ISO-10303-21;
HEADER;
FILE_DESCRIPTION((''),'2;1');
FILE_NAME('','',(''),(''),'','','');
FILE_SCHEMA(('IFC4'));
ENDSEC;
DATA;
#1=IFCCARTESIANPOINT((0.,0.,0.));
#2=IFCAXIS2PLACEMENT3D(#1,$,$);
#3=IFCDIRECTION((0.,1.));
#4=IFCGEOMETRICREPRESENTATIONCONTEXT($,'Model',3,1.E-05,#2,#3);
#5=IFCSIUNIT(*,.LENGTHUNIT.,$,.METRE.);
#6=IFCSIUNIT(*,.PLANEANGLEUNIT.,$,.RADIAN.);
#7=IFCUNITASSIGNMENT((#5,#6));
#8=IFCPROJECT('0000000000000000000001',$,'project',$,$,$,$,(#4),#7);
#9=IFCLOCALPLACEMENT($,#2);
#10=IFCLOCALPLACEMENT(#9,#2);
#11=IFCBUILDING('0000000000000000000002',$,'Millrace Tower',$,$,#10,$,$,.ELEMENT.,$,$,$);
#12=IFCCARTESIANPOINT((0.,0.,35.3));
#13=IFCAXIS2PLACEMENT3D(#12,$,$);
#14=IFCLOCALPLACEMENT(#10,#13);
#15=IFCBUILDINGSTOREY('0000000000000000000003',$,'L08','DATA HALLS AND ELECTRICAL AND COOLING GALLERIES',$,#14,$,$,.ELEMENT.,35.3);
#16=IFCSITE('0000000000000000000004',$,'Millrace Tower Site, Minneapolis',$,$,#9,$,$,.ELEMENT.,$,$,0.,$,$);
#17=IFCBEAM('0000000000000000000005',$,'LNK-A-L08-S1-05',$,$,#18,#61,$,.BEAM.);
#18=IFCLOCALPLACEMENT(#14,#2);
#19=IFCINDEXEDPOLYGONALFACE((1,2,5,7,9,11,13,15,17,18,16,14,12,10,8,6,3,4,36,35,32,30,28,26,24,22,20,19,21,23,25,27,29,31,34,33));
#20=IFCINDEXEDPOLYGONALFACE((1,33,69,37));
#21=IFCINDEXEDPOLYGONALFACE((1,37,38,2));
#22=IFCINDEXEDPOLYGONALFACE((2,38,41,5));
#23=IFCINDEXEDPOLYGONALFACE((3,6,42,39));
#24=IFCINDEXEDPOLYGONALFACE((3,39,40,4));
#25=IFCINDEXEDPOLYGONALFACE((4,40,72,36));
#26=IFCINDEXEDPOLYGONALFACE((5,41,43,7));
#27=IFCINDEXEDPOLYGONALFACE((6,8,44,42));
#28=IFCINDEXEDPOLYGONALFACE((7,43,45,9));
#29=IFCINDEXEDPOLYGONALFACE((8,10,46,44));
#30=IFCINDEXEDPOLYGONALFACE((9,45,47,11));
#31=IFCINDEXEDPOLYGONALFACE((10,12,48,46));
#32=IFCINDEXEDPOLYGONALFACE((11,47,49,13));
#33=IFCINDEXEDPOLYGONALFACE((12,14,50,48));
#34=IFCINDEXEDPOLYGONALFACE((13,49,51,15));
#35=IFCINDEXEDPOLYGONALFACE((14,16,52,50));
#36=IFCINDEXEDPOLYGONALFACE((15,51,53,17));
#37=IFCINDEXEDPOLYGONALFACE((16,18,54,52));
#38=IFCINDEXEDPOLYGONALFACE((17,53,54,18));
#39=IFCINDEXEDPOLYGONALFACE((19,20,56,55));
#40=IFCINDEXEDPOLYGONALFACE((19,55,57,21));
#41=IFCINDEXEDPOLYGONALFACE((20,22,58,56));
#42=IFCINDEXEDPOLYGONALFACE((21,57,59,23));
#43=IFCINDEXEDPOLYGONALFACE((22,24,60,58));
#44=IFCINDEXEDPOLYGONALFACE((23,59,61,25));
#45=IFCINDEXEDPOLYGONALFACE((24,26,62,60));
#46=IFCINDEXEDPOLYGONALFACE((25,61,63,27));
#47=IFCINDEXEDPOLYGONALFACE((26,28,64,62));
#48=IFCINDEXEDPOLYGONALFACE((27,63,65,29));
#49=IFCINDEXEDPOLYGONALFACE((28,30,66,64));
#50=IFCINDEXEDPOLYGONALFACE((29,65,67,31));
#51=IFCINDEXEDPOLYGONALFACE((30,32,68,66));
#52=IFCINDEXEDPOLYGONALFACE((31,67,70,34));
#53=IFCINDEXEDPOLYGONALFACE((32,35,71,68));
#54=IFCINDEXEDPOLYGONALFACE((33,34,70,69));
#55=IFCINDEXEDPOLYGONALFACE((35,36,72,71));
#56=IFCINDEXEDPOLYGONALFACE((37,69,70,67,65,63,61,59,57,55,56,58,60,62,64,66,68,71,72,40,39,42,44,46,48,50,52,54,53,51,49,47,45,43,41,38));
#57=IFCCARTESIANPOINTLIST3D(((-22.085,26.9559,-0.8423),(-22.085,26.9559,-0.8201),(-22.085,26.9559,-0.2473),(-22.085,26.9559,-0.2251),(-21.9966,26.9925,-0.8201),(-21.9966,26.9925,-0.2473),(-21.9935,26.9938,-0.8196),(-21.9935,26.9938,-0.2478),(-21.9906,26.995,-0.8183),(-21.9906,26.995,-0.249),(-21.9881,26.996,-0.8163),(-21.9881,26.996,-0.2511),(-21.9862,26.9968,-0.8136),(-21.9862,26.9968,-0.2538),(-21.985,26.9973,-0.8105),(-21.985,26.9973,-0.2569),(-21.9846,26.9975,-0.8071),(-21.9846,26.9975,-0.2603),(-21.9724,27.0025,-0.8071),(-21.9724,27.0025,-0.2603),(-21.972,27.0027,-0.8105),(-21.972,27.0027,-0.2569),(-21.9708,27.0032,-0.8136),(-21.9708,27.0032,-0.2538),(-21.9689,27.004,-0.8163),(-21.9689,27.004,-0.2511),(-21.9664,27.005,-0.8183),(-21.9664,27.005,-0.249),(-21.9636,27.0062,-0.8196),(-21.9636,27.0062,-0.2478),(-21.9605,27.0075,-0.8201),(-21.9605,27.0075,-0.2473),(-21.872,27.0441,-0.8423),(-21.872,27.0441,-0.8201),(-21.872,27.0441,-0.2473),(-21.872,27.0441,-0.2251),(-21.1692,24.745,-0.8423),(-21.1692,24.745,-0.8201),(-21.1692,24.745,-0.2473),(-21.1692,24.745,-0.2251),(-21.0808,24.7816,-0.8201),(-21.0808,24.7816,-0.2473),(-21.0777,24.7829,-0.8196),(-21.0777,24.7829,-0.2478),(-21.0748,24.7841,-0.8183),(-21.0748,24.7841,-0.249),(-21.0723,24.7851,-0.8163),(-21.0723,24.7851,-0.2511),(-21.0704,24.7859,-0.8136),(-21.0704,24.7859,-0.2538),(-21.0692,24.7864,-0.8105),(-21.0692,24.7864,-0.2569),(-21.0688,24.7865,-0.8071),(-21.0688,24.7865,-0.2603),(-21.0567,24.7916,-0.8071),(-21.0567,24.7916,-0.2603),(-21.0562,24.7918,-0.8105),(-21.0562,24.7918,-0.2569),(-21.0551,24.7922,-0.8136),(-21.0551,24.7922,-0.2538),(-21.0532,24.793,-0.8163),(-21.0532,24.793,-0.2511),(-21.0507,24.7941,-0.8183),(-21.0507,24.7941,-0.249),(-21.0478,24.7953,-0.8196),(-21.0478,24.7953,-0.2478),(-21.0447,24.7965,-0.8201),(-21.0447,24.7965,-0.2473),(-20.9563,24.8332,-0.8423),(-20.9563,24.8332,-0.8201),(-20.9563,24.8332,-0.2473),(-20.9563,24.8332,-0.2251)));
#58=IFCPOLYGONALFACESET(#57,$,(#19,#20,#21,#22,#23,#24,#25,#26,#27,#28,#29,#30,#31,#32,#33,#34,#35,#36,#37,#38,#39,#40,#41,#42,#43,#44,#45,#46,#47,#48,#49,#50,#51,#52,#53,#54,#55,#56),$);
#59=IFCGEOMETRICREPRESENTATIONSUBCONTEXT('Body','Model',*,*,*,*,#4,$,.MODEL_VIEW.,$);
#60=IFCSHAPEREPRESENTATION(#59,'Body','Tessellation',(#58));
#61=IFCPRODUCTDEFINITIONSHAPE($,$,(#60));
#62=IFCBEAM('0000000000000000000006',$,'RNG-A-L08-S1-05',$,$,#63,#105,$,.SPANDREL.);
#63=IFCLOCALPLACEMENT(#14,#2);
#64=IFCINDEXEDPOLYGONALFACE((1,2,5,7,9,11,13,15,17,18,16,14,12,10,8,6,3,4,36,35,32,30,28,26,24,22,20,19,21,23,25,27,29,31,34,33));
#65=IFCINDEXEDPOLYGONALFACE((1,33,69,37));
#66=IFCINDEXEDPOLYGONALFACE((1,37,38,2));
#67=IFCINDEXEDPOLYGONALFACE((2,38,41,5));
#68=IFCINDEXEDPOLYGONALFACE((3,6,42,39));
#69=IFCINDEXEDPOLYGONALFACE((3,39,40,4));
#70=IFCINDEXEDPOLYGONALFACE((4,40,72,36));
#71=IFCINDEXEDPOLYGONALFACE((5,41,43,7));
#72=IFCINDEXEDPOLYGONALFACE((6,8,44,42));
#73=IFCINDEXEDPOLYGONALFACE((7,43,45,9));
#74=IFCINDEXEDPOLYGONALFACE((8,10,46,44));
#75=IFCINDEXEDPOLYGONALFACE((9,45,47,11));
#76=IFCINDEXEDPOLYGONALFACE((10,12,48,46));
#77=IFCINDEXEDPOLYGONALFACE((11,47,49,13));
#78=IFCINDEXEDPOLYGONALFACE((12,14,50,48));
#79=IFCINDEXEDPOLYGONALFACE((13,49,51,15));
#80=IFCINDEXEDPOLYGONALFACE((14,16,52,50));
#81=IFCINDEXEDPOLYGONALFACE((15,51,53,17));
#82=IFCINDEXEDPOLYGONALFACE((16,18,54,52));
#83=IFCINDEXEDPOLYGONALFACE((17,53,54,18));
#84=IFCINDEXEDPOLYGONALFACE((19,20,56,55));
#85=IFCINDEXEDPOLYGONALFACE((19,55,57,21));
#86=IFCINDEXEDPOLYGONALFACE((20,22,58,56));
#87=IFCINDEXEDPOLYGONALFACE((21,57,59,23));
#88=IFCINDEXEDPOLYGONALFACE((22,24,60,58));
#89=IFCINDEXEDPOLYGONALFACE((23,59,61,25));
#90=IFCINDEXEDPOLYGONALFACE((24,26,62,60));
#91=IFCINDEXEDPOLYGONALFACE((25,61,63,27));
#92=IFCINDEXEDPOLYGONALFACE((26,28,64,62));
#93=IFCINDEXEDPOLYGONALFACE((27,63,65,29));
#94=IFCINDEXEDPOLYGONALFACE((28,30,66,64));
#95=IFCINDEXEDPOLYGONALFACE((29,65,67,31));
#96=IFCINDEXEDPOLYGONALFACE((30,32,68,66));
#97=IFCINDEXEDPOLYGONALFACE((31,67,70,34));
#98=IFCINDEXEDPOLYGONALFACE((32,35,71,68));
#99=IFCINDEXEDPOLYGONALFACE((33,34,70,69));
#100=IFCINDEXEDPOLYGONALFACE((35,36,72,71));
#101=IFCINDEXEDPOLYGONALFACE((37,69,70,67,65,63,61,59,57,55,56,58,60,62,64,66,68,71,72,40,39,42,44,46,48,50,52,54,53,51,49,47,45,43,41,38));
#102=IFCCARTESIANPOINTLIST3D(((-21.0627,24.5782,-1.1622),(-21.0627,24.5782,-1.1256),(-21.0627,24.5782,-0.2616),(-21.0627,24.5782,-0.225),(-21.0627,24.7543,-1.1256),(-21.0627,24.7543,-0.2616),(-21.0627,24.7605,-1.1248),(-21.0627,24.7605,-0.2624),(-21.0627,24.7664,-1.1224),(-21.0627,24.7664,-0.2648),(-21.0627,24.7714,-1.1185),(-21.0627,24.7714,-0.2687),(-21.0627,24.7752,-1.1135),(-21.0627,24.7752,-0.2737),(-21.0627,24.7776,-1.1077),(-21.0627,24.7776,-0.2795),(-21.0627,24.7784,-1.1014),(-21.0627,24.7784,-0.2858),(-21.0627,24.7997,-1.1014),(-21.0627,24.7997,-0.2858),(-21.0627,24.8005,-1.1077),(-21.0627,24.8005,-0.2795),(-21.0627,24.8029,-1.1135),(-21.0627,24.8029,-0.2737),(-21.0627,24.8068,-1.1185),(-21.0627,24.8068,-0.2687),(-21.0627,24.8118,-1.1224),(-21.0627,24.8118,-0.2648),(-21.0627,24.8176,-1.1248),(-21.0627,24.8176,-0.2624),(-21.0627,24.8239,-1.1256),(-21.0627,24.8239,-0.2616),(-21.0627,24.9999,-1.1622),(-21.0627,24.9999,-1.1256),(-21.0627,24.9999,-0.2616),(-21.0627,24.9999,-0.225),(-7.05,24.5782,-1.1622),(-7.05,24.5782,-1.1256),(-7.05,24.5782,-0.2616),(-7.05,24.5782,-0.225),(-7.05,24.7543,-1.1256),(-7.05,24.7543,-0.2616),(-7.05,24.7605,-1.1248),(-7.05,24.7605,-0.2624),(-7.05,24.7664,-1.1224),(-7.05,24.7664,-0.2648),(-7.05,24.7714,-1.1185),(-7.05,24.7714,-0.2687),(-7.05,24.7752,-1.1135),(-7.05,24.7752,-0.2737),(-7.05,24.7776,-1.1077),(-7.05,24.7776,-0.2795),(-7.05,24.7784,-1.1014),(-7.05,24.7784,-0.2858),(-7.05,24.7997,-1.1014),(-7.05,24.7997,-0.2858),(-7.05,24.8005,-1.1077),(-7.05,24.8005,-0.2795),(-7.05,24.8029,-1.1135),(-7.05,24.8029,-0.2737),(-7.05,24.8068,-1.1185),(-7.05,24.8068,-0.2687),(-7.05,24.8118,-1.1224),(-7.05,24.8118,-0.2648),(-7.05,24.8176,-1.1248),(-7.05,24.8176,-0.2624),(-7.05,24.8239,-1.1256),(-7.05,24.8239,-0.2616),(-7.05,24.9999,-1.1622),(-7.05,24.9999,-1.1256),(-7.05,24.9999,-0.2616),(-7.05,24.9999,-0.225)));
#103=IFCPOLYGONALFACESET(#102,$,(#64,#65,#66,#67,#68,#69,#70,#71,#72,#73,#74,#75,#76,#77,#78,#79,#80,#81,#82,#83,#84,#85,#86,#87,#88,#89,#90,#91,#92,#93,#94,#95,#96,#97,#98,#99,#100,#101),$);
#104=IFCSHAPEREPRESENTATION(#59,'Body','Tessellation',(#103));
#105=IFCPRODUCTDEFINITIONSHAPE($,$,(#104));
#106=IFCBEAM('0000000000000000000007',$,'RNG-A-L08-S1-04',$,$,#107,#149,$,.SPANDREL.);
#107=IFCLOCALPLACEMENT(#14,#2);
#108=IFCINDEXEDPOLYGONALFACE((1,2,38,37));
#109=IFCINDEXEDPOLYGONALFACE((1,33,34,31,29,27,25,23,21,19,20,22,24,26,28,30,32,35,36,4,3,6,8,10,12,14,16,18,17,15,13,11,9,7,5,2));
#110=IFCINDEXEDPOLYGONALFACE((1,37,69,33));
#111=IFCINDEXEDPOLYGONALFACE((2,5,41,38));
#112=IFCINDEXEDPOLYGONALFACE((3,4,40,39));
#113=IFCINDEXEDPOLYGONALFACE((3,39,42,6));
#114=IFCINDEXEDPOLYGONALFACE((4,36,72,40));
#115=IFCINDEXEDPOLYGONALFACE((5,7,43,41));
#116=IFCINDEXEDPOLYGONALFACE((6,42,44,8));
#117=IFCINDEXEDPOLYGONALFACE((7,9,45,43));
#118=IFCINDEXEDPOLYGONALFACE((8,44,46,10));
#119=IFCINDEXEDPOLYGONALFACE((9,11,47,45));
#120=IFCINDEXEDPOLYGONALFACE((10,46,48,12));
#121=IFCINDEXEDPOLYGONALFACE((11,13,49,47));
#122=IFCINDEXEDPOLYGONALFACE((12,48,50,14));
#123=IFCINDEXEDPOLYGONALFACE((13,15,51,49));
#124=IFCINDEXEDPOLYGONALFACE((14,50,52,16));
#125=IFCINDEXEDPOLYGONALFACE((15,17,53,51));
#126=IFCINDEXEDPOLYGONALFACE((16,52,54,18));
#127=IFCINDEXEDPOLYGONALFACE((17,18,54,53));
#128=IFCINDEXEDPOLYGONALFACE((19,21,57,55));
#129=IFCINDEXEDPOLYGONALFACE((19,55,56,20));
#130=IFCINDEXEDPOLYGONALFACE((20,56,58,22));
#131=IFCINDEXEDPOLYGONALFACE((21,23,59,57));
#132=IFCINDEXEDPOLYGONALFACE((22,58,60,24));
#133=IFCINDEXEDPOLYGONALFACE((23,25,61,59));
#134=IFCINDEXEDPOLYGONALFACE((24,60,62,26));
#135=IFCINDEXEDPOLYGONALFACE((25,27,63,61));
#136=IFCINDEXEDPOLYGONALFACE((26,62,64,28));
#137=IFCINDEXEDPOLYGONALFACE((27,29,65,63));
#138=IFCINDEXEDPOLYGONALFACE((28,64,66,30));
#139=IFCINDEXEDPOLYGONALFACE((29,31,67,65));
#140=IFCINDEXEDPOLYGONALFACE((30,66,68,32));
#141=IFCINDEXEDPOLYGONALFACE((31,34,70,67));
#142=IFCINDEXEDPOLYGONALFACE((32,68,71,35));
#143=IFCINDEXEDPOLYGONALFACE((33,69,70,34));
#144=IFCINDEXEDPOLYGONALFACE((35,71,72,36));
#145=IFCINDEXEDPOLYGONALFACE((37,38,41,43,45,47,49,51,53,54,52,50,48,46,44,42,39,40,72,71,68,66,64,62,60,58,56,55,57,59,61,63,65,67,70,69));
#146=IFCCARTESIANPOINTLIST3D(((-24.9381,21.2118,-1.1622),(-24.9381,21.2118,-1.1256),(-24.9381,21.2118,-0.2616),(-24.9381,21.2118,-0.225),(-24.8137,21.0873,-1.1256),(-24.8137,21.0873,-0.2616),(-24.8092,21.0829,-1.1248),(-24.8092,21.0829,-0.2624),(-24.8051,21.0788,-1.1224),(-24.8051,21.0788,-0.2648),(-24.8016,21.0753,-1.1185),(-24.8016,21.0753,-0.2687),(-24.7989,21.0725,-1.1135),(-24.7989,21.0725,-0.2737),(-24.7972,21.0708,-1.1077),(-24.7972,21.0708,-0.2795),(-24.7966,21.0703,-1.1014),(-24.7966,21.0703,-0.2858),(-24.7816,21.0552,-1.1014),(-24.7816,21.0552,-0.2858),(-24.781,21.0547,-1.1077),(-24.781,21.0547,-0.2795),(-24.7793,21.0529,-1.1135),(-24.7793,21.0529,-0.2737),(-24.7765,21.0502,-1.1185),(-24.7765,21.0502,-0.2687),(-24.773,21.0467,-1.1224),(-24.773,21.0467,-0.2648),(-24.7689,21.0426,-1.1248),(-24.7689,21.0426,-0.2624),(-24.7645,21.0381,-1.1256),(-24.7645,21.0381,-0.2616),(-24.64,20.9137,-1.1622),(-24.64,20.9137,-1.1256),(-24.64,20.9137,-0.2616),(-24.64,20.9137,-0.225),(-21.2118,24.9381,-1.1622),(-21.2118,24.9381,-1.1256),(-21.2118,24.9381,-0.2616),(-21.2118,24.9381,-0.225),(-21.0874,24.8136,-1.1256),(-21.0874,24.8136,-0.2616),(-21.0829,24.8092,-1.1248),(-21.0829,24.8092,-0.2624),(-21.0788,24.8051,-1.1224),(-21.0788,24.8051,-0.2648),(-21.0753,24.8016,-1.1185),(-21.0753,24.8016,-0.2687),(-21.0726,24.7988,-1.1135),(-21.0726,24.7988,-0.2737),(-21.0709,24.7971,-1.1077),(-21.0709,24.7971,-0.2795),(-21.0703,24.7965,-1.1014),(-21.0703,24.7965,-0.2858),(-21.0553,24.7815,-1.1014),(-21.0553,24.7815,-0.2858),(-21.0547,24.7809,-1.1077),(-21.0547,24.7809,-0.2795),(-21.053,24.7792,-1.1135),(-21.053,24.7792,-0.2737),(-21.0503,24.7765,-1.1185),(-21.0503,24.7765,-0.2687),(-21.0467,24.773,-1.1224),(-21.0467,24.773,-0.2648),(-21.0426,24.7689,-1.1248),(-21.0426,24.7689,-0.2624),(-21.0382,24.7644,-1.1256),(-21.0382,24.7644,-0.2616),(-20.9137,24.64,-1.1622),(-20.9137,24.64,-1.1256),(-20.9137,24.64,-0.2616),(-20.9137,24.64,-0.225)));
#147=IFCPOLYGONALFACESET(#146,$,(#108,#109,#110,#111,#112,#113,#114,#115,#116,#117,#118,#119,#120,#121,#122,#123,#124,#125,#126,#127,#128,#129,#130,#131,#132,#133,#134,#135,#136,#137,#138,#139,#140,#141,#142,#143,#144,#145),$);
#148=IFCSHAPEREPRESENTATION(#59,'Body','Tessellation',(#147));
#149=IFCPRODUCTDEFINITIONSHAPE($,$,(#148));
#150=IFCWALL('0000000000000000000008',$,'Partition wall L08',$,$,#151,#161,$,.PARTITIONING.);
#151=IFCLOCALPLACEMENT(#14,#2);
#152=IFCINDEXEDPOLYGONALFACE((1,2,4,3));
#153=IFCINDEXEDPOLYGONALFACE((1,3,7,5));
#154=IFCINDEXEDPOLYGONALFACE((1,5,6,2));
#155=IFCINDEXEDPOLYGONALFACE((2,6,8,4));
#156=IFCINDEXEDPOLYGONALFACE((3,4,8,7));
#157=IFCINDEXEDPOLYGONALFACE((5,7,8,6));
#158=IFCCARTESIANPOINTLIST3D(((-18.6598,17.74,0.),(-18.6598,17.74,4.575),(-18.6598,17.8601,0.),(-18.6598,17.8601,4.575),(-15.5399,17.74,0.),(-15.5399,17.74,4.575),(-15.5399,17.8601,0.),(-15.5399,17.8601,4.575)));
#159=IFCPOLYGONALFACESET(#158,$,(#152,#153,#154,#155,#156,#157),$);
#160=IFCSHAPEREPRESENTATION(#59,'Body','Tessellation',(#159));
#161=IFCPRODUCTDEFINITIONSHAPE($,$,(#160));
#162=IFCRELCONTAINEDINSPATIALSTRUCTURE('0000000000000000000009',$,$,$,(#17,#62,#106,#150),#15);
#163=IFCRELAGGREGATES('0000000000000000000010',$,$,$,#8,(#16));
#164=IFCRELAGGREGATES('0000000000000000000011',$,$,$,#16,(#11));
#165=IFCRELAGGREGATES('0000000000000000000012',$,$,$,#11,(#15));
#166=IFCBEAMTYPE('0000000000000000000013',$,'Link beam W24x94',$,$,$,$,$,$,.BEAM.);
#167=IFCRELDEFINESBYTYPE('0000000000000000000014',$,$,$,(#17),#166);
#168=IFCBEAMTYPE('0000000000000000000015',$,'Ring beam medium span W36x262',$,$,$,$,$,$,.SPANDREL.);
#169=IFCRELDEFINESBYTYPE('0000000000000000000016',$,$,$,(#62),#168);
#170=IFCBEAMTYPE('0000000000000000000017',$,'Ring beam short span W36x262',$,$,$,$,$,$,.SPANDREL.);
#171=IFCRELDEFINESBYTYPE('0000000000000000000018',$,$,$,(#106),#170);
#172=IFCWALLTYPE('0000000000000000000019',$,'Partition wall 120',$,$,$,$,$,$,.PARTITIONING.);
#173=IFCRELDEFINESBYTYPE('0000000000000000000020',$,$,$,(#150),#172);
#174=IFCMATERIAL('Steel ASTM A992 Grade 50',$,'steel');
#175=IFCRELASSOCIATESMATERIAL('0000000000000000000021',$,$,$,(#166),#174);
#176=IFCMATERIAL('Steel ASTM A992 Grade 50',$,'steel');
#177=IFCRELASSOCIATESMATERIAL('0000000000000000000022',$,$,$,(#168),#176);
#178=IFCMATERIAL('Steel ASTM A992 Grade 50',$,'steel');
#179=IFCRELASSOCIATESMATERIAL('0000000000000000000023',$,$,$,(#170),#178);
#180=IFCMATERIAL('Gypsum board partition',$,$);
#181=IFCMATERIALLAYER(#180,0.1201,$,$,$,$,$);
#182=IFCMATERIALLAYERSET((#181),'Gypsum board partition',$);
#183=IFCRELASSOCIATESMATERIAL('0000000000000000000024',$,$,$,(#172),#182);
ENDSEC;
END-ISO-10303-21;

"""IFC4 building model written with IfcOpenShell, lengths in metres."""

from ifc_helpers import new_model, si_unit, direction, frame, frame_2d, origin, origin_2d, place, context, subcontext, project, spatial, rectangle, i_section, extrude, material, layer, layer_set, material_profile, profile_set, type_object, element, save


model = new_model("IFC4")

# Units and contexts
model_context = context("Model", 3, precision=1e-05, world=origin(), true_north=direction((0.0, 1.0)))
body_context = subcontext(model_context, "Body", "Model", "MODEL_VIEW")
ifc_project = project(units=[si_unit("LENGTHUNIT", "METRE"), si_unit("PLANEANGLEUNIT", "RADIAN")], contexts=[model_context])

# Site, building, storey
site_placement = place(None, origin())
site = spatial("IfcSite", under=ifc_project, at=site_placement, Name="Millrace Tower Site, Minneapolis", CompositionType="ELEMENT", RefElevation=0.0)
building_placement = place(site_placement, origin())
building = spatial("IfcBuilding", under=site, at=building_placement, Name="Millrace Tower", CompositionType="ELEMENT")
storey_placement = place(building_placement, frame((0.0, 0.0, 35.3)))
storey = spatial("IfcBuildingStorey", under=building, at=storey_placement, Name="L08", Description="DATA HALLS AND ELECTRICAL AND COOLING GALLERIES", CompositionType="ELEMENT", Elevation=35.3)

# Beams
ifc_material_1 = material(Name="Steel ASTM A992 Grade 50", Category="steel")
ifc_material_profile_1 = material_profile(ifc_material_1, i_section(OverallWidth=0.2305, OverallDepth=0.6172, WebThickness=0.0132, FlangeThickness=0.0222, FilletRadius=0.0129, at=origin_2d()))
ifc_profile_set_1 = profile_set([ifc_material_profile_1], Name="Steel ASTM A992 Grade 50")
beam_type_1 = type_object("IfcBeamType", Name="Link beam W24x94", PredefinedType="BEAM", material=ifc_profile_set_1)
for number, where, z_axis, x_axis, name in (
    (1, (-21.0627, 24.7891, -0.5337), (-0.382673, 0.923884, 0.0), (-0.923884, -0.382673, 0.0), "LNK-A-L08-S1-05"),
):
    element("IfcBeam", number, at=place(storey_placement, frame(where, z_axis=z_axis, x_axis=x_axis)), inside=storey, type_object=beam_type_1, Name=name, PredefinedType="BEAM", context=body_context, shape_type="SweptSolid", body=[
        extrude(i_section(OverallWidth=0.2305, OverallDepth=0.6172, WebThickness=0.0132, FlangeThickness=0.0222, FilletRadius=0.0129, at=origin_2d()), origin(), (0.0, 0.0, 1.0), 2.3931),
    ])
ifc_material_2 = material(Name="Steel ASTM A992 Grade 50", Category="steel")
ifc_material_profile_2 = material_profile(ifc_material_2, i_section(OverallWidth=0.4216, OverallDepth=0.9373, WebThickness=0.0212, FlangeThickness=0.0366, FilletRadius=0.0242, at=origin_2d()))
ifc_profile_set_2 = profile_set([ifc_material_profile_2], Name="Steel ASTM A992 Grade 50")
beam_type_2 = type_object("IfcBeamType", Name="Ring beam medium span W36x262", PredefinedType="SPANDREL", material=ifc_profile_set_2)
beam_1_placement = place(storey_placement, frame((-21.0627, 24.7891, -0.6936), z_axis=(1.0, 0.0, 0.0), x_axis=(0.0, 1.0, 0.0)))
element("IfcBeam", 2, at=beam_1_placement, inside=storey, type_object=beam_type_2, Name="RNG-A-L08-S1-05", PredefinedType="SPANDREL", context=body_context, shape_type="SweptSolid", body=[
    extrude(i_section(OverallWidth=0.4216, OverallDepth=0.9373, WebThickness=0.0212, FlangeThickness=0.0366, FilletRadius=0.0242, at=origin_2d()), origin(), (0.0, 0.0, 1.0), 14.0127),
])
ifc_material_3 = material(Name="Steel ASTM A992 Grade 50", Category="steel")
ifc_material_profile_3 = material_profile(ifc_material_3, i_section(OverallWidth=0.4216, OverallDepth=0.9373, WebThickness=0.0212, FlangeThickness=0.0366, FilletRadius=0.0242, at=origin_2d()))
ifc_profile_set_3 = profile_set([ifc_material_profile_3], Name="Steel ASTM A992 Grade 50")
beam_type_3 = type_object("IfcBeamType", Name="Ring beam short span W36x262", PredefinedType="SPANDREL", material=ifc_profile_set_3)
beam_2_placement = place(storey_placement, frame((-24.7891, 21.0627, -0.6936), z_axis=(0.707107, 0.707107, 0.0), x_axis=(-0.707107, 0.707107, 0.0)))
element("IfcBeam", 3, at=beam_2_placement, inside=storey, type_object=beam_type_3, Name="RNG-A-L08-S1-04", PredefinedType="SPANDREL", context=body_context, shape_type="SweptSolid", body=[
    extrude(i_section(OverallWidth=0.4216, OverallDepth=0.9373, WebThickness=0.0212, FlangeThickness=0.0366, FilletRadius=0.0242, at=origin_2d()), origin(), (0.0, 0.0, 1.0), 5.2698),
])

# Wall
ifc_material_4 = material(Name="Gypsum board partition")
ifc_layer_1 = layer(ifc_material_4, 0.1201)
ifc_layer_set_1 = layer_set([ifc_layer_1], Name="Gypsum board partition")
wall_type = type_object("IfcWallType", Name="Partition wall 120", PredefinedType="PARTITIONING", material=ifc_layer_set_1)
wall_placement = place(storey_placement, frame((-18.6599, 17.8, 0.0), z_axis=(0.0, 0.0, 1.0), x_axis=(1.0, 0.0, 0.0)))
element("IfcWall", 4, at=wall_placement, inside=storey, type_object=wall_type, Name="Partition wall L08", PredefinedType="PARTITIONING", context=body_context, shape_type="SweptSolid", body=[
    extrude(rectangle(XDim=3.1199, YDim=0.1201, at=frame_2d((1.5601, 0.0))), origin(), (0.0, 0.0, 1.0), 4.575),
])

save(model, "model.ifc")
